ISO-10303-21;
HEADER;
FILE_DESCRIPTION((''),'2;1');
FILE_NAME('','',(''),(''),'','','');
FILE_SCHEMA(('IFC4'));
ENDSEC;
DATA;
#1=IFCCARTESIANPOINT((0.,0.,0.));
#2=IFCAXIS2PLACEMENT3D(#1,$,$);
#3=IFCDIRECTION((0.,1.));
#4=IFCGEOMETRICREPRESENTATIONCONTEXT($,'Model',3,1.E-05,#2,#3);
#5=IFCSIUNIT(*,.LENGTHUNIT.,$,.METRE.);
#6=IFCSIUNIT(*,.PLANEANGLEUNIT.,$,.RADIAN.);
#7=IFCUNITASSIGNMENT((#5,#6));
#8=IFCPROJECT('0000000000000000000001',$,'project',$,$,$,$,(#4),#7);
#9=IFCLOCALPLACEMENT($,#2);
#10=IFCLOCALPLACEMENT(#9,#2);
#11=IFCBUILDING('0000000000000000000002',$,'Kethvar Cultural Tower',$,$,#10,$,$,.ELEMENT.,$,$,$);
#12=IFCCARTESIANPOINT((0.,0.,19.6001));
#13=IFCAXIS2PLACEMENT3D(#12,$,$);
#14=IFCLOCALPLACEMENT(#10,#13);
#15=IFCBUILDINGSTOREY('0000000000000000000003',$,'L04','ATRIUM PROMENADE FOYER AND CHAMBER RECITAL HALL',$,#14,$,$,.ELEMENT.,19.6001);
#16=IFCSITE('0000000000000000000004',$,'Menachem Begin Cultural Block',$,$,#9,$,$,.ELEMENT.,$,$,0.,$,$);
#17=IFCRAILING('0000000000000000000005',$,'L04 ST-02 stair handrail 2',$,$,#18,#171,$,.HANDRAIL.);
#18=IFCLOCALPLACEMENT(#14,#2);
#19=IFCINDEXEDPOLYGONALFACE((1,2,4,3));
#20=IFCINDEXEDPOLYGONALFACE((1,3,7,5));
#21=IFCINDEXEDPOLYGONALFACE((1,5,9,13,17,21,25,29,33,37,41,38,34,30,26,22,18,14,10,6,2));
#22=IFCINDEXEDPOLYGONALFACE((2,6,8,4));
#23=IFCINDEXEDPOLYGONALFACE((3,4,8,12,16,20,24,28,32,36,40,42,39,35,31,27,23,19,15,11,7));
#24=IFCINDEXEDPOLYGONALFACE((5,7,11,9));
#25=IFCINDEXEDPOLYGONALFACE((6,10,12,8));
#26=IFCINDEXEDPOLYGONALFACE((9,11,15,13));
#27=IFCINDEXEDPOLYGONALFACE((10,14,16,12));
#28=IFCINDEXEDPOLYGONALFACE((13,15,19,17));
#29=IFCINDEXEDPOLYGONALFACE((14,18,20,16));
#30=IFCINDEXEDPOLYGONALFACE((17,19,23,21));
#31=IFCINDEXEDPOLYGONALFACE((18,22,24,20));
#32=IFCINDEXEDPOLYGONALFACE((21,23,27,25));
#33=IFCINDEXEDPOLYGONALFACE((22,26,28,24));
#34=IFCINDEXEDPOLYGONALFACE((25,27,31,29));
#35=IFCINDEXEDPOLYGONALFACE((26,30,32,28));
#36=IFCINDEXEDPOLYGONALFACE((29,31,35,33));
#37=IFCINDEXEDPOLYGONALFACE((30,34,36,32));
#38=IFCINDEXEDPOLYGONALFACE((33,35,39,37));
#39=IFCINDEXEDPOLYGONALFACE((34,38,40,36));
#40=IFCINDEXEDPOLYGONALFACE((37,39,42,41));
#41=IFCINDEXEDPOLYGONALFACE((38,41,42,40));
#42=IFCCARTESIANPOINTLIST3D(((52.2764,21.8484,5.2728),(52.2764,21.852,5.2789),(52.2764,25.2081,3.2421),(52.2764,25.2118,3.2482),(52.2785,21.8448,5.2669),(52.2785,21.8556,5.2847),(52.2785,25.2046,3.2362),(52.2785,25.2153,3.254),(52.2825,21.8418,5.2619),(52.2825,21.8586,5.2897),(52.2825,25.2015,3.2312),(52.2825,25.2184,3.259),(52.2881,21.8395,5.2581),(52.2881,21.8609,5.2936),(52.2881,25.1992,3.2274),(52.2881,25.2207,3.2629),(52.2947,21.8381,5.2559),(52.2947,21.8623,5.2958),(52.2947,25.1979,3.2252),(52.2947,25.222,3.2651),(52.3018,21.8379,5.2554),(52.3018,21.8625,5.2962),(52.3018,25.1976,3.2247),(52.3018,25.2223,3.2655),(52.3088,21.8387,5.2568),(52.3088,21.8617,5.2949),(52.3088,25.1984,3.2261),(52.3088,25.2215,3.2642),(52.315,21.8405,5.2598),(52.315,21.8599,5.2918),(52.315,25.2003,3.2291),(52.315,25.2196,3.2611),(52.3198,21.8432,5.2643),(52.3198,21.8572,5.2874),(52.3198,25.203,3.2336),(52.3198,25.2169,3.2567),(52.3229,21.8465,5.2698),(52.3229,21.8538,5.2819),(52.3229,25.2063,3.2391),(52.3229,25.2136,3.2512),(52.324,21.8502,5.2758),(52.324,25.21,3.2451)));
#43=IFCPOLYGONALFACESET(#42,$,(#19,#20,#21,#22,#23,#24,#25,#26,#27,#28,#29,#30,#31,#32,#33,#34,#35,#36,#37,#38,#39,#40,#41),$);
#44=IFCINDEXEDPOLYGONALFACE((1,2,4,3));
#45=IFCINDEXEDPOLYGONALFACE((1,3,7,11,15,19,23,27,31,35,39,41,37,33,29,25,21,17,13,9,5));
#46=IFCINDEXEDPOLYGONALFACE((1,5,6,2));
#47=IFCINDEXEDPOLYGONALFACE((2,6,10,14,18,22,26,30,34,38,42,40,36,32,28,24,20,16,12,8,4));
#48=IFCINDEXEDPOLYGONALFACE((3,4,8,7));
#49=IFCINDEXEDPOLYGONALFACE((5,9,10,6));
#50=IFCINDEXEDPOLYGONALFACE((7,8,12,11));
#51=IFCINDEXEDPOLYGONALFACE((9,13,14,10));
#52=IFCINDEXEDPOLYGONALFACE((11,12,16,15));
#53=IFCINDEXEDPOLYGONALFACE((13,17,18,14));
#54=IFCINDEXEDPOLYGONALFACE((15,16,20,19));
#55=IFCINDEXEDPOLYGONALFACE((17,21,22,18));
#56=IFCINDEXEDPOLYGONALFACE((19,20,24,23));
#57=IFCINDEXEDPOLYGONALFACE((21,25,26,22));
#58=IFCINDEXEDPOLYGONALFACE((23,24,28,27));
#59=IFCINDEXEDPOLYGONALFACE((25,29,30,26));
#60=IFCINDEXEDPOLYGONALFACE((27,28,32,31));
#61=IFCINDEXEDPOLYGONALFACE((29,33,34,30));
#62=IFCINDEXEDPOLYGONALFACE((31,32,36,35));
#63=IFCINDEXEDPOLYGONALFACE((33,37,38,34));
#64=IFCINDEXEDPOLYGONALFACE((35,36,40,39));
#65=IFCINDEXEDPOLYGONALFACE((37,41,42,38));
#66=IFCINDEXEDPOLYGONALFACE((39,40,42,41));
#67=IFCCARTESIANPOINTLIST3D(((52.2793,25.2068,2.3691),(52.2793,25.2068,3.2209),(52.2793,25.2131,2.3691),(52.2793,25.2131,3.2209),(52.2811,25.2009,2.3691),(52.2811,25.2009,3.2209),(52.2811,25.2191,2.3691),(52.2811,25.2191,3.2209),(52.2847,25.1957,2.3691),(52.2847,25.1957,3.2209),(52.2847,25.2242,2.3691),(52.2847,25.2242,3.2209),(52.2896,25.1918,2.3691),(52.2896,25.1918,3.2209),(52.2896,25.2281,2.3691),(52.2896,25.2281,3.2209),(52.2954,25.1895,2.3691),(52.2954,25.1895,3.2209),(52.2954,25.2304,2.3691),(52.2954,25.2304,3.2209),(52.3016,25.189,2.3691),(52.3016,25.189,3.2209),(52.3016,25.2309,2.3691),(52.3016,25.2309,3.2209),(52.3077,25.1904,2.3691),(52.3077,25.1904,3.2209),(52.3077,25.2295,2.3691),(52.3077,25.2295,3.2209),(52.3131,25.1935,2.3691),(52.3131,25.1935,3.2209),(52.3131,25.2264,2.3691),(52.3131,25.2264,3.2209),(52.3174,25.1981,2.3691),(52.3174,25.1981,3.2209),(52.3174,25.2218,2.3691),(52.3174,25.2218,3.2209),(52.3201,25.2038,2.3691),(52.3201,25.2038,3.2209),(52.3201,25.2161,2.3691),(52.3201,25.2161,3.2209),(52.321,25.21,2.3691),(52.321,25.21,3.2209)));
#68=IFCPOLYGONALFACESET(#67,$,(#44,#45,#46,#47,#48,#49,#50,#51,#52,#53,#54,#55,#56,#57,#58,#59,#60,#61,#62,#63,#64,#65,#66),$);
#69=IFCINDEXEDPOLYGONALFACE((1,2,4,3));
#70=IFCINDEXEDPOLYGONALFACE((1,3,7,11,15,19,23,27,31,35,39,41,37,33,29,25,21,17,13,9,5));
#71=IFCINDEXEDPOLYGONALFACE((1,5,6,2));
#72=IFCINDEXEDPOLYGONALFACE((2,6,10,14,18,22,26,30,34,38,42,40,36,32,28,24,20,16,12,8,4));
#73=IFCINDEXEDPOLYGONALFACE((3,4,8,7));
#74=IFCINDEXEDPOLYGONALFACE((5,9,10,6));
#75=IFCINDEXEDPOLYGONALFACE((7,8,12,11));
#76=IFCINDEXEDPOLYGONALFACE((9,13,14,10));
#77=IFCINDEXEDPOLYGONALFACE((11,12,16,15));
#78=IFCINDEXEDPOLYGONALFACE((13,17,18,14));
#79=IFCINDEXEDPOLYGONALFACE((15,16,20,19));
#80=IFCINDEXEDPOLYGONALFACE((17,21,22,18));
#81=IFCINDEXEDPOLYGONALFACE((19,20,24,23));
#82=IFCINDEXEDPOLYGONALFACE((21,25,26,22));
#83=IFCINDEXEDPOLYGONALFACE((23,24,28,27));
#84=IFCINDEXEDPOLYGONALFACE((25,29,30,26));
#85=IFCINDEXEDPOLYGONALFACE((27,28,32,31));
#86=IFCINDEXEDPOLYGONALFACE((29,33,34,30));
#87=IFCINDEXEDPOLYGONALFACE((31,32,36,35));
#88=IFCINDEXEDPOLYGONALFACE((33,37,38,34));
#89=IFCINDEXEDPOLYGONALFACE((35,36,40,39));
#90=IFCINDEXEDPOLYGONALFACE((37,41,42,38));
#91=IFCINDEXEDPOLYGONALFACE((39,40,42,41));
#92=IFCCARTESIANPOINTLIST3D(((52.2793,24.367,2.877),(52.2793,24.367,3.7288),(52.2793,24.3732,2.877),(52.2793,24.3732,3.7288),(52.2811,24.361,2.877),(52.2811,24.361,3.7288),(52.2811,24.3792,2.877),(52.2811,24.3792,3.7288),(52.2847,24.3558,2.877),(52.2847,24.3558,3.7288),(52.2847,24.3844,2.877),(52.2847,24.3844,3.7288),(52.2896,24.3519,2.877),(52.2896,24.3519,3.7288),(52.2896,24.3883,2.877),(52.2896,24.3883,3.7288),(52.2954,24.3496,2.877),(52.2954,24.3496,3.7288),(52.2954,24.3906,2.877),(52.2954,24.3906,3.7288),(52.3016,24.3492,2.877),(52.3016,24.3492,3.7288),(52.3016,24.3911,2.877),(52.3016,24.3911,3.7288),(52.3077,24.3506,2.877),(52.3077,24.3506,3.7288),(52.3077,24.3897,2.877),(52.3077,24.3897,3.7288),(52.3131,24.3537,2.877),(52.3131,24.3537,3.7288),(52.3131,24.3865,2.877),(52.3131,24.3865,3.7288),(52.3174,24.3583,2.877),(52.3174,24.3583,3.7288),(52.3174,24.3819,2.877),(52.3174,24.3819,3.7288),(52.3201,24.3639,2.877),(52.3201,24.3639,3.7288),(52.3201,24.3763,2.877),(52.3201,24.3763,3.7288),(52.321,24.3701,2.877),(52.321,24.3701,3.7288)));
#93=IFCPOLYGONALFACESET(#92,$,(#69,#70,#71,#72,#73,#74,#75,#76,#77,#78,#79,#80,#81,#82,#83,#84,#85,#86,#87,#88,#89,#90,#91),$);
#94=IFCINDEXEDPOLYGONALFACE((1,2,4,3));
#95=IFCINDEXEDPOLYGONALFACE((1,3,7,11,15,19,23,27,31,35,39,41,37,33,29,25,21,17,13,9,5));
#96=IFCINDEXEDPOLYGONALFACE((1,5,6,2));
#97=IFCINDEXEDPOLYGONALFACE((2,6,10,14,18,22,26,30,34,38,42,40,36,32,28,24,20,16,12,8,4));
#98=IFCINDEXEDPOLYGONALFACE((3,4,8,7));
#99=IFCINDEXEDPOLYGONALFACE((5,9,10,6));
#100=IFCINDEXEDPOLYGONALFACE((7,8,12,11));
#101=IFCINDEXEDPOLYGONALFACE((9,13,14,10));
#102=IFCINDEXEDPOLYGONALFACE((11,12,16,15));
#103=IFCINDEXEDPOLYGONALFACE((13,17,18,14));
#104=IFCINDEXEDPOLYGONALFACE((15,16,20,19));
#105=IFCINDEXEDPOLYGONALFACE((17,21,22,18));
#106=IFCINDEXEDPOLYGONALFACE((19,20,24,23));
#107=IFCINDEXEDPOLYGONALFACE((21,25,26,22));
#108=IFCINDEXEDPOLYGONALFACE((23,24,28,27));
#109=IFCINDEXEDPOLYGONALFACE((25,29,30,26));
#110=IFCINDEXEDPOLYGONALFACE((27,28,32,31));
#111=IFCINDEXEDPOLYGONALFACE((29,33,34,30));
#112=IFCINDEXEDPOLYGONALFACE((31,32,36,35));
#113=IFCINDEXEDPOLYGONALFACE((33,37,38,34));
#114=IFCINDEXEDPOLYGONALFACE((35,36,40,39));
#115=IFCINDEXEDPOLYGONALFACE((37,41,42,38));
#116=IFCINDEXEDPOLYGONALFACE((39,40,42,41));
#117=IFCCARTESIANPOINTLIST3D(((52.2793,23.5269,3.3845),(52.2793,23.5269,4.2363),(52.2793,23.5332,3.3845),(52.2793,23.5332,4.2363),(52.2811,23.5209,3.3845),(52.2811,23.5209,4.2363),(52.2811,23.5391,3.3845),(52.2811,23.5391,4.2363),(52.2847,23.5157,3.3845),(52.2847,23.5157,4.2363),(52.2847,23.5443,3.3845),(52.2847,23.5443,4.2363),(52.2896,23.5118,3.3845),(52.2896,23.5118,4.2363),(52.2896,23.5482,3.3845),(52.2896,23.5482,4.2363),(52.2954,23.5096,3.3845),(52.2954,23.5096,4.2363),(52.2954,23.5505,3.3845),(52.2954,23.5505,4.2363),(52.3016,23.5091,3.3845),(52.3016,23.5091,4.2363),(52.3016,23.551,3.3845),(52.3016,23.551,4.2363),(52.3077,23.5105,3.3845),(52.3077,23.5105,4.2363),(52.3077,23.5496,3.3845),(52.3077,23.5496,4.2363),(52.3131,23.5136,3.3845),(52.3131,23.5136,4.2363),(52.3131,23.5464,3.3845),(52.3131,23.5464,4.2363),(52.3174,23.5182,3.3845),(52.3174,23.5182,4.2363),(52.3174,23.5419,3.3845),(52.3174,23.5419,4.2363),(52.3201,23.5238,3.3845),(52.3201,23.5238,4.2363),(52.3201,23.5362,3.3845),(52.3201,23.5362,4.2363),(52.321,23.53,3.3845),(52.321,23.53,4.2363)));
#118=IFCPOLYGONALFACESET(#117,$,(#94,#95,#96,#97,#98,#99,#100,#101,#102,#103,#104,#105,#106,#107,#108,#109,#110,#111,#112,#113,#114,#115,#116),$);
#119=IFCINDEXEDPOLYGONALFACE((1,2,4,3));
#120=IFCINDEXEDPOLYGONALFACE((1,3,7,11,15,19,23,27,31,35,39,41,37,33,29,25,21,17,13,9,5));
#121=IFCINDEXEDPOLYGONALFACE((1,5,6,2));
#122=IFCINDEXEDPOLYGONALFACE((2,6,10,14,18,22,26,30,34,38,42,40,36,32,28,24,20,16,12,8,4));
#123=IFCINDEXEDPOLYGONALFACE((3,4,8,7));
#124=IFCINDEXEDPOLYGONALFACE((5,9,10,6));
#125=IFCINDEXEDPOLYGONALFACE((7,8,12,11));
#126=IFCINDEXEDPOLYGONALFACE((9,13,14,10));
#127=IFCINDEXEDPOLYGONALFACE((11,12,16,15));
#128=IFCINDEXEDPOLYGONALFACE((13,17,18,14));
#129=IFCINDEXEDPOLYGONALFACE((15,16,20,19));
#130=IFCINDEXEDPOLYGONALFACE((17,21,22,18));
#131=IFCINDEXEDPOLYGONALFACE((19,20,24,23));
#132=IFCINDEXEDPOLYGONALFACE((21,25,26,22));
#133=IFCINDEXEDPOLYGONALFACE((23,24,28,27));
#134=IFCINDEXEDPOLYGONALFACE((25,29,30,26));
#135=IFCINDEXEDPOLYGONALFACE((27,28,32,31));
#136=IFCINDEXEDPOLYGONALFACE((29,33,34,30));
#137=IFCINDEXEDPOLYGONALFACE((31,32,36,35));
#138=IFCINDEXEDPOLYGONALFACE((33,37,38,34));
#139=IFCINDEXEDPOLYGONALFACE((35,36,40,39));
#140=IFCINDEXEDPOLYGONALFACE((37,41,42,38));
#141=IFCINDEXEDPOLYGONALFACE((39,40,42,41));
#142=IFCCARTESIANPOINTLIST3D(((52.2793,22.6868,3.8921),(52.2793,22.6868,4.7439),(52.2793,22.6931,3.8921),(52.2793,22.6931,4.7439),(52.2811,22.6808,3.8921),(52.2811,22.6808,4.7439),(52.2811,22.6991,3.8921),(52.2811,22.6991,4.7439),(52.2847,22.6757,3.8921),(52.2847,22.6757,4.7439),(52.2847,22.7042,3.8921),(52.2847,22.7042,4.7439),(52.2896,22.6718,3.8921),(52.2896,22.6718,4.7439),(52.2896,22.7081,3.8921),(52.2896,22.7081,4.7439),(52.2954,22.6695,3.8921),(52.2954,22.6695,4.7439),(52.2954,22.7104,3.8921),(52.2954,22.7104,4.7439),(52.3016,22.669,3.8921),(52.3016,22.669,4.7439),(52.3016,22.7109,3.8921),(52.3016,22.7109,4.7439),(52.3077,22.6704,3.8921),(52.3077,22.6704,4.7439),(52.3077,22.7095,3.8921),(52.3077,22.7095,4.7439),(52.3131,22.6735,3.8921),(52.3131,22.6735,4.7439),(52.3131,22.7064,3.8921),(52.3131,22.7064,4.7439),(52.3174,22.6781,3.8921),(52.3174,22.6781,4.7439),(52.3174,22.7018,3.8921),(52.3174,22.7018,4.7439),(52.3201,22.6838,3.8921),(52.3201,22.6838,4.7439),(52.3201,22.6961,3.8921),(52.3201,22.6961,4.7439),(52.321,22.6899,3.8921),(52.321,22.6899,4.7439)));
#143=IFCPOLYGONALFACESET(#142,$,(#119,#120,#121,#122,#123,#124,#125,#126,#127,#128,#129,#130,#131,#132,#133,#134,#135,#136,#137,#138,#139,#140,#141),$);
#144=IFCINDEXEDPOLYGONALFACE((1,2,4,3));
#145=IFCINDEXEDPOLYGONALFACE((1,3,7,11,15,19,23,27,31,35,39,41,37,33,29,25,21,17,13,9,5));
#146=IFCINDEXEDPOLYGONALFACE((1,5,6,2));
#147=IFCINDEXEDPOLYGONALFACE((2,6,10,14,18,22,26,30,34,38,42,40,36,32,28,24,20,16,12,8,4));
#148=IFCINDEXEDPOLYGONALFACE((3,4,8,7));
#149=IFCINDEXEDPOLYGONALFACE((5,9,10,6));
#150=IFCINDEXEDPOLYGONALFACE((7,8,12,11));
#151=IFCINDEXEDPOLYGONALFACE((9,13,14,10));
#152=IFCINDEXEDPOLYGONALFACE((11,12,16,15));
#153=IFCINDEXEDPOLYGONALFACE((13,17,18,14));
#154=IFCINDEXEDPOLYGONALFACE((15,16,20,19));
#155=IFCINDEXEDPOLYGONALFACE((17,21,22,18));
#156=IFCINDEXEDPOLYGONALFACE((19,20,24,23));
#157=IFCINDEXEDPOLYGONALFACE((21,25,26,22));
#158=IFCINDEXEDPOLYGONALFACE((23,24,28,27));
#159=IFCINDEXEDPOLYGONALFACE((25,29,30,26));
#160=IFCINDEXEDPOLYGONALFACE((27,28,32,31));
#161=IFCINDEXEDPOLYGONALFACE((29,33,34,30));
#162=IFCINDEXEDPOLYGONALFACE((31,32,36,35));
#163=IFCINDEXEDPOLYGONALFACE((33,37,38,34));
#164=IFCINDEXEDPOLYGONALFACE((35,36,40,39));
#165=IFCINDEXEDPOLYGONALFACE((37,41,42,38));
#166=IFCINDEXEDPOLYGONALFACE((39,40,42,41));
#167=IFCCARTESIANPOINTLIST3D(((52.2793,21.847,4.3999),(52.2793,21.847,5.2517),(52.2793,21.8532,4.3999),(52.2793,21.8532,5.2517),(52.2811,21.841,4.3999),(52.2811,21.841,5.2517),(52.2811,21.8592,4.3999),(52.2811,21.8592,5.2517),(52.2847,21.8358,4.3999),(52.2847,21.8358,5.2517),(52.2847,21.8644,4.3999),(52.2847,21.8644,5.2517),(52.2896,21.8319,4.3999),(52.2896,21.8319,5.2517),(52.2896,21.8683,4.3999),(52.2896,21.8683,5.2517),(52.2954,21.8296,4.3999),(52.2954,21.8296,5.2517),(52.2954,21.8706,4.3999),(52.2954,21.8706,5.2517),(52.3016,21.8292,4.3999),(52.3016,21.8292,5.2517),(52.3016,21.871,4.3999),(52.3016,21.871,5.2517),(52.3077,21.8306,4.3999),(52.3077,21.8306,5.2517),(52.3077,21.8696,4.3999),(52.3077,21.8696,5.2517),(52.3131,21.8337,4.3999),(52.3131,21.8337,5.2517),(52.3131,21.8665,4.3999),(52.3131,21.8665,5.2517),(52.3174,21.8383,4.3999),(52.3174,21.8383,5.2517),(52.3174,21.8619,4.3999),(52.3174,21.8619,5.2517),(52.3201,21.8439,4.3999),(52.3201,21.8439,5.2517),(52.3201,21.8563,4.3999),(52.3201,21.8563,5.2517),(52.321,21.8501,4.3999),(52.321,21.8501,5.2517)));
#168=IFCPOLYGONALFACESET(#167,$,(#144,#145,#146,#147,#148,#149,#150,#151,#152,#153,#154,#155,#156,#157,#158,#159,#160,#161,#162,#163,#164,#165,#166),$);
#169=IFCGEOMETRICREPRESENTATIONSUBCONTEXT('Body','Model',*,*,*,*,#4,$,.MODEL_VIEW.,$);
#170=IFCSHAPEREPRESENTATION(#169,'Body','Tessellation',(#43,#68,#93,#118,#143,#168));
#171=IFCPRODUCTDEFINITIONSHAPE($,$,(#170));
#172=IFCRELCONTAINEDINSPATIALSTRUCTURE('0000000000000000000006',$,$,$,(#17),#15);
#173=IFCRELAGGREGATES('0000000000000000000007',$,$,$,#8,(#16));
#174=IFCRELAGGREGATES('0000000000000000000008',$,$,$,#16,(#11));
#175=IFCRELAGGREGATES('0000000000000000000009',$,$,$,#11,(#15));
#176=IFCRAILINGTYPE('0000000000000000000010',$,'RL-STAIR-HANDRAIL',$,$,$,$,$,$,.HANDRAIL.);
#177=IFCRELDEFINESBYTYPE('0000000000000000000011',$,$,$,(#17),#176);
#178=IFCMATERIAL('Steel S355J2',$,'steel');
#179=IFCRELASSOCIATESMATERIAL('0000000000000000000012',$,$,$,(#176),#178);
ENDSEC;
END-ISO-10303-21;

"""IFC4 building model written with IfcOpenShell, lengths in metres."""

from ifc_helpers import new_model, si_unit, direction, frame, origin, origin_2d, place, context, subcontext, project, spatial, circle, extrude, material, type_object, element, save


model = new_model("IFC4")

# Units and contexts
model_context = context("Model", 3, precision=1e-05, world=origin(), true_north=direction((0.0, 1.0)))
body_context = subcontext(model_context, "Body", "Model", "MODEL_VIEW")
ifc_project = project(units=[si_unit("LENGTHUNIT", "METRE"), si_unit("PLANEANGLEUNIT", "RADIAN")], contexts=[model_context])

# Site, building, storey
site_placement = place(None, origin())
site = spatial("IfcSite", under=ifc_project, at=site_placement, Name="Menachem Begin Cultural Block", CompositionType="ELEMENT", RefElevation=0.0)
building_placement = place(site_placement, origin())
building = spatial("IfcBuilding", under=site, at=building_placement, Name="Kethvar Cultural Tower", CompositionType="ELEMENT")
storey_placement = place(building_placement, frame((0.0, 0.0, 19.6001)))
storey = spatial("IfcBuildingStorey", under=building, at=storey_placement, Name="L04", Description="ATRIUM PROMENADE FOYER AND CHAMBER RECITAL HALL", CompositionType="ELEMENT", Elevation=19.6001)

# Shared definitions
ifc_material_1 = material(Name="Steel S355J2", Category="steel")

# Railing
railing_type_1 = type_object("IfcRailingType", Name="RL-STAIR-HANDRAIL", PredefinedType="HANDRAIL", material=ifc_material_1)
railing_1_placement = place(storey_placement, frame((52.3, 25.21, 2.3691)))
element("IfcRailing", 1, at=railing_1_placement, inside=storey, type_object=railing_type_1, Name="L04 ST-02 stair handrail 2", PredefinedType="HANDRAIL", context=body_context, shape_type="SweptSolid", body=[
    extrude(circle(Radius=0.0239, at=origin_2d()), frame((0.0, 0.0, 0.876), z_axis=(0.0, -0.85582, 0.517273), x_axis=(1.0, 0.0, 0.0)), (0.0, 0.0, 1.0), 3.9258),
    extrude(circle(Radius=0.021, at=origin_2d()), origin(), (0.0, 0.0, 1.0), 0.8518),
    extrude(circle(Radius=0.021, at=origin_2d()), frame((0.0, -0.8398, 0.5078)), (0.0, 0.0, 1.0), 0.8518),
    extrude(circle(Radius=0.021, at=origin_2d()), frame((0.0, -1.6799, 1.0154)), (0.0, 0.0, 1.0), 0.8518),
    extrude(circle(Radius=0.021, at=origin_2d()), frame((0.0, -2.52, 1.5229)), (0.0, 0.0, 1.0), 0.8518),
    extrude(circle(Radius=0.021, at=origin_2d()), frame((0.0, -3.3599, 2.0308)), (0.0, 0.0, 1.0), 0.8518),
])

save(model, "model.ifc")
